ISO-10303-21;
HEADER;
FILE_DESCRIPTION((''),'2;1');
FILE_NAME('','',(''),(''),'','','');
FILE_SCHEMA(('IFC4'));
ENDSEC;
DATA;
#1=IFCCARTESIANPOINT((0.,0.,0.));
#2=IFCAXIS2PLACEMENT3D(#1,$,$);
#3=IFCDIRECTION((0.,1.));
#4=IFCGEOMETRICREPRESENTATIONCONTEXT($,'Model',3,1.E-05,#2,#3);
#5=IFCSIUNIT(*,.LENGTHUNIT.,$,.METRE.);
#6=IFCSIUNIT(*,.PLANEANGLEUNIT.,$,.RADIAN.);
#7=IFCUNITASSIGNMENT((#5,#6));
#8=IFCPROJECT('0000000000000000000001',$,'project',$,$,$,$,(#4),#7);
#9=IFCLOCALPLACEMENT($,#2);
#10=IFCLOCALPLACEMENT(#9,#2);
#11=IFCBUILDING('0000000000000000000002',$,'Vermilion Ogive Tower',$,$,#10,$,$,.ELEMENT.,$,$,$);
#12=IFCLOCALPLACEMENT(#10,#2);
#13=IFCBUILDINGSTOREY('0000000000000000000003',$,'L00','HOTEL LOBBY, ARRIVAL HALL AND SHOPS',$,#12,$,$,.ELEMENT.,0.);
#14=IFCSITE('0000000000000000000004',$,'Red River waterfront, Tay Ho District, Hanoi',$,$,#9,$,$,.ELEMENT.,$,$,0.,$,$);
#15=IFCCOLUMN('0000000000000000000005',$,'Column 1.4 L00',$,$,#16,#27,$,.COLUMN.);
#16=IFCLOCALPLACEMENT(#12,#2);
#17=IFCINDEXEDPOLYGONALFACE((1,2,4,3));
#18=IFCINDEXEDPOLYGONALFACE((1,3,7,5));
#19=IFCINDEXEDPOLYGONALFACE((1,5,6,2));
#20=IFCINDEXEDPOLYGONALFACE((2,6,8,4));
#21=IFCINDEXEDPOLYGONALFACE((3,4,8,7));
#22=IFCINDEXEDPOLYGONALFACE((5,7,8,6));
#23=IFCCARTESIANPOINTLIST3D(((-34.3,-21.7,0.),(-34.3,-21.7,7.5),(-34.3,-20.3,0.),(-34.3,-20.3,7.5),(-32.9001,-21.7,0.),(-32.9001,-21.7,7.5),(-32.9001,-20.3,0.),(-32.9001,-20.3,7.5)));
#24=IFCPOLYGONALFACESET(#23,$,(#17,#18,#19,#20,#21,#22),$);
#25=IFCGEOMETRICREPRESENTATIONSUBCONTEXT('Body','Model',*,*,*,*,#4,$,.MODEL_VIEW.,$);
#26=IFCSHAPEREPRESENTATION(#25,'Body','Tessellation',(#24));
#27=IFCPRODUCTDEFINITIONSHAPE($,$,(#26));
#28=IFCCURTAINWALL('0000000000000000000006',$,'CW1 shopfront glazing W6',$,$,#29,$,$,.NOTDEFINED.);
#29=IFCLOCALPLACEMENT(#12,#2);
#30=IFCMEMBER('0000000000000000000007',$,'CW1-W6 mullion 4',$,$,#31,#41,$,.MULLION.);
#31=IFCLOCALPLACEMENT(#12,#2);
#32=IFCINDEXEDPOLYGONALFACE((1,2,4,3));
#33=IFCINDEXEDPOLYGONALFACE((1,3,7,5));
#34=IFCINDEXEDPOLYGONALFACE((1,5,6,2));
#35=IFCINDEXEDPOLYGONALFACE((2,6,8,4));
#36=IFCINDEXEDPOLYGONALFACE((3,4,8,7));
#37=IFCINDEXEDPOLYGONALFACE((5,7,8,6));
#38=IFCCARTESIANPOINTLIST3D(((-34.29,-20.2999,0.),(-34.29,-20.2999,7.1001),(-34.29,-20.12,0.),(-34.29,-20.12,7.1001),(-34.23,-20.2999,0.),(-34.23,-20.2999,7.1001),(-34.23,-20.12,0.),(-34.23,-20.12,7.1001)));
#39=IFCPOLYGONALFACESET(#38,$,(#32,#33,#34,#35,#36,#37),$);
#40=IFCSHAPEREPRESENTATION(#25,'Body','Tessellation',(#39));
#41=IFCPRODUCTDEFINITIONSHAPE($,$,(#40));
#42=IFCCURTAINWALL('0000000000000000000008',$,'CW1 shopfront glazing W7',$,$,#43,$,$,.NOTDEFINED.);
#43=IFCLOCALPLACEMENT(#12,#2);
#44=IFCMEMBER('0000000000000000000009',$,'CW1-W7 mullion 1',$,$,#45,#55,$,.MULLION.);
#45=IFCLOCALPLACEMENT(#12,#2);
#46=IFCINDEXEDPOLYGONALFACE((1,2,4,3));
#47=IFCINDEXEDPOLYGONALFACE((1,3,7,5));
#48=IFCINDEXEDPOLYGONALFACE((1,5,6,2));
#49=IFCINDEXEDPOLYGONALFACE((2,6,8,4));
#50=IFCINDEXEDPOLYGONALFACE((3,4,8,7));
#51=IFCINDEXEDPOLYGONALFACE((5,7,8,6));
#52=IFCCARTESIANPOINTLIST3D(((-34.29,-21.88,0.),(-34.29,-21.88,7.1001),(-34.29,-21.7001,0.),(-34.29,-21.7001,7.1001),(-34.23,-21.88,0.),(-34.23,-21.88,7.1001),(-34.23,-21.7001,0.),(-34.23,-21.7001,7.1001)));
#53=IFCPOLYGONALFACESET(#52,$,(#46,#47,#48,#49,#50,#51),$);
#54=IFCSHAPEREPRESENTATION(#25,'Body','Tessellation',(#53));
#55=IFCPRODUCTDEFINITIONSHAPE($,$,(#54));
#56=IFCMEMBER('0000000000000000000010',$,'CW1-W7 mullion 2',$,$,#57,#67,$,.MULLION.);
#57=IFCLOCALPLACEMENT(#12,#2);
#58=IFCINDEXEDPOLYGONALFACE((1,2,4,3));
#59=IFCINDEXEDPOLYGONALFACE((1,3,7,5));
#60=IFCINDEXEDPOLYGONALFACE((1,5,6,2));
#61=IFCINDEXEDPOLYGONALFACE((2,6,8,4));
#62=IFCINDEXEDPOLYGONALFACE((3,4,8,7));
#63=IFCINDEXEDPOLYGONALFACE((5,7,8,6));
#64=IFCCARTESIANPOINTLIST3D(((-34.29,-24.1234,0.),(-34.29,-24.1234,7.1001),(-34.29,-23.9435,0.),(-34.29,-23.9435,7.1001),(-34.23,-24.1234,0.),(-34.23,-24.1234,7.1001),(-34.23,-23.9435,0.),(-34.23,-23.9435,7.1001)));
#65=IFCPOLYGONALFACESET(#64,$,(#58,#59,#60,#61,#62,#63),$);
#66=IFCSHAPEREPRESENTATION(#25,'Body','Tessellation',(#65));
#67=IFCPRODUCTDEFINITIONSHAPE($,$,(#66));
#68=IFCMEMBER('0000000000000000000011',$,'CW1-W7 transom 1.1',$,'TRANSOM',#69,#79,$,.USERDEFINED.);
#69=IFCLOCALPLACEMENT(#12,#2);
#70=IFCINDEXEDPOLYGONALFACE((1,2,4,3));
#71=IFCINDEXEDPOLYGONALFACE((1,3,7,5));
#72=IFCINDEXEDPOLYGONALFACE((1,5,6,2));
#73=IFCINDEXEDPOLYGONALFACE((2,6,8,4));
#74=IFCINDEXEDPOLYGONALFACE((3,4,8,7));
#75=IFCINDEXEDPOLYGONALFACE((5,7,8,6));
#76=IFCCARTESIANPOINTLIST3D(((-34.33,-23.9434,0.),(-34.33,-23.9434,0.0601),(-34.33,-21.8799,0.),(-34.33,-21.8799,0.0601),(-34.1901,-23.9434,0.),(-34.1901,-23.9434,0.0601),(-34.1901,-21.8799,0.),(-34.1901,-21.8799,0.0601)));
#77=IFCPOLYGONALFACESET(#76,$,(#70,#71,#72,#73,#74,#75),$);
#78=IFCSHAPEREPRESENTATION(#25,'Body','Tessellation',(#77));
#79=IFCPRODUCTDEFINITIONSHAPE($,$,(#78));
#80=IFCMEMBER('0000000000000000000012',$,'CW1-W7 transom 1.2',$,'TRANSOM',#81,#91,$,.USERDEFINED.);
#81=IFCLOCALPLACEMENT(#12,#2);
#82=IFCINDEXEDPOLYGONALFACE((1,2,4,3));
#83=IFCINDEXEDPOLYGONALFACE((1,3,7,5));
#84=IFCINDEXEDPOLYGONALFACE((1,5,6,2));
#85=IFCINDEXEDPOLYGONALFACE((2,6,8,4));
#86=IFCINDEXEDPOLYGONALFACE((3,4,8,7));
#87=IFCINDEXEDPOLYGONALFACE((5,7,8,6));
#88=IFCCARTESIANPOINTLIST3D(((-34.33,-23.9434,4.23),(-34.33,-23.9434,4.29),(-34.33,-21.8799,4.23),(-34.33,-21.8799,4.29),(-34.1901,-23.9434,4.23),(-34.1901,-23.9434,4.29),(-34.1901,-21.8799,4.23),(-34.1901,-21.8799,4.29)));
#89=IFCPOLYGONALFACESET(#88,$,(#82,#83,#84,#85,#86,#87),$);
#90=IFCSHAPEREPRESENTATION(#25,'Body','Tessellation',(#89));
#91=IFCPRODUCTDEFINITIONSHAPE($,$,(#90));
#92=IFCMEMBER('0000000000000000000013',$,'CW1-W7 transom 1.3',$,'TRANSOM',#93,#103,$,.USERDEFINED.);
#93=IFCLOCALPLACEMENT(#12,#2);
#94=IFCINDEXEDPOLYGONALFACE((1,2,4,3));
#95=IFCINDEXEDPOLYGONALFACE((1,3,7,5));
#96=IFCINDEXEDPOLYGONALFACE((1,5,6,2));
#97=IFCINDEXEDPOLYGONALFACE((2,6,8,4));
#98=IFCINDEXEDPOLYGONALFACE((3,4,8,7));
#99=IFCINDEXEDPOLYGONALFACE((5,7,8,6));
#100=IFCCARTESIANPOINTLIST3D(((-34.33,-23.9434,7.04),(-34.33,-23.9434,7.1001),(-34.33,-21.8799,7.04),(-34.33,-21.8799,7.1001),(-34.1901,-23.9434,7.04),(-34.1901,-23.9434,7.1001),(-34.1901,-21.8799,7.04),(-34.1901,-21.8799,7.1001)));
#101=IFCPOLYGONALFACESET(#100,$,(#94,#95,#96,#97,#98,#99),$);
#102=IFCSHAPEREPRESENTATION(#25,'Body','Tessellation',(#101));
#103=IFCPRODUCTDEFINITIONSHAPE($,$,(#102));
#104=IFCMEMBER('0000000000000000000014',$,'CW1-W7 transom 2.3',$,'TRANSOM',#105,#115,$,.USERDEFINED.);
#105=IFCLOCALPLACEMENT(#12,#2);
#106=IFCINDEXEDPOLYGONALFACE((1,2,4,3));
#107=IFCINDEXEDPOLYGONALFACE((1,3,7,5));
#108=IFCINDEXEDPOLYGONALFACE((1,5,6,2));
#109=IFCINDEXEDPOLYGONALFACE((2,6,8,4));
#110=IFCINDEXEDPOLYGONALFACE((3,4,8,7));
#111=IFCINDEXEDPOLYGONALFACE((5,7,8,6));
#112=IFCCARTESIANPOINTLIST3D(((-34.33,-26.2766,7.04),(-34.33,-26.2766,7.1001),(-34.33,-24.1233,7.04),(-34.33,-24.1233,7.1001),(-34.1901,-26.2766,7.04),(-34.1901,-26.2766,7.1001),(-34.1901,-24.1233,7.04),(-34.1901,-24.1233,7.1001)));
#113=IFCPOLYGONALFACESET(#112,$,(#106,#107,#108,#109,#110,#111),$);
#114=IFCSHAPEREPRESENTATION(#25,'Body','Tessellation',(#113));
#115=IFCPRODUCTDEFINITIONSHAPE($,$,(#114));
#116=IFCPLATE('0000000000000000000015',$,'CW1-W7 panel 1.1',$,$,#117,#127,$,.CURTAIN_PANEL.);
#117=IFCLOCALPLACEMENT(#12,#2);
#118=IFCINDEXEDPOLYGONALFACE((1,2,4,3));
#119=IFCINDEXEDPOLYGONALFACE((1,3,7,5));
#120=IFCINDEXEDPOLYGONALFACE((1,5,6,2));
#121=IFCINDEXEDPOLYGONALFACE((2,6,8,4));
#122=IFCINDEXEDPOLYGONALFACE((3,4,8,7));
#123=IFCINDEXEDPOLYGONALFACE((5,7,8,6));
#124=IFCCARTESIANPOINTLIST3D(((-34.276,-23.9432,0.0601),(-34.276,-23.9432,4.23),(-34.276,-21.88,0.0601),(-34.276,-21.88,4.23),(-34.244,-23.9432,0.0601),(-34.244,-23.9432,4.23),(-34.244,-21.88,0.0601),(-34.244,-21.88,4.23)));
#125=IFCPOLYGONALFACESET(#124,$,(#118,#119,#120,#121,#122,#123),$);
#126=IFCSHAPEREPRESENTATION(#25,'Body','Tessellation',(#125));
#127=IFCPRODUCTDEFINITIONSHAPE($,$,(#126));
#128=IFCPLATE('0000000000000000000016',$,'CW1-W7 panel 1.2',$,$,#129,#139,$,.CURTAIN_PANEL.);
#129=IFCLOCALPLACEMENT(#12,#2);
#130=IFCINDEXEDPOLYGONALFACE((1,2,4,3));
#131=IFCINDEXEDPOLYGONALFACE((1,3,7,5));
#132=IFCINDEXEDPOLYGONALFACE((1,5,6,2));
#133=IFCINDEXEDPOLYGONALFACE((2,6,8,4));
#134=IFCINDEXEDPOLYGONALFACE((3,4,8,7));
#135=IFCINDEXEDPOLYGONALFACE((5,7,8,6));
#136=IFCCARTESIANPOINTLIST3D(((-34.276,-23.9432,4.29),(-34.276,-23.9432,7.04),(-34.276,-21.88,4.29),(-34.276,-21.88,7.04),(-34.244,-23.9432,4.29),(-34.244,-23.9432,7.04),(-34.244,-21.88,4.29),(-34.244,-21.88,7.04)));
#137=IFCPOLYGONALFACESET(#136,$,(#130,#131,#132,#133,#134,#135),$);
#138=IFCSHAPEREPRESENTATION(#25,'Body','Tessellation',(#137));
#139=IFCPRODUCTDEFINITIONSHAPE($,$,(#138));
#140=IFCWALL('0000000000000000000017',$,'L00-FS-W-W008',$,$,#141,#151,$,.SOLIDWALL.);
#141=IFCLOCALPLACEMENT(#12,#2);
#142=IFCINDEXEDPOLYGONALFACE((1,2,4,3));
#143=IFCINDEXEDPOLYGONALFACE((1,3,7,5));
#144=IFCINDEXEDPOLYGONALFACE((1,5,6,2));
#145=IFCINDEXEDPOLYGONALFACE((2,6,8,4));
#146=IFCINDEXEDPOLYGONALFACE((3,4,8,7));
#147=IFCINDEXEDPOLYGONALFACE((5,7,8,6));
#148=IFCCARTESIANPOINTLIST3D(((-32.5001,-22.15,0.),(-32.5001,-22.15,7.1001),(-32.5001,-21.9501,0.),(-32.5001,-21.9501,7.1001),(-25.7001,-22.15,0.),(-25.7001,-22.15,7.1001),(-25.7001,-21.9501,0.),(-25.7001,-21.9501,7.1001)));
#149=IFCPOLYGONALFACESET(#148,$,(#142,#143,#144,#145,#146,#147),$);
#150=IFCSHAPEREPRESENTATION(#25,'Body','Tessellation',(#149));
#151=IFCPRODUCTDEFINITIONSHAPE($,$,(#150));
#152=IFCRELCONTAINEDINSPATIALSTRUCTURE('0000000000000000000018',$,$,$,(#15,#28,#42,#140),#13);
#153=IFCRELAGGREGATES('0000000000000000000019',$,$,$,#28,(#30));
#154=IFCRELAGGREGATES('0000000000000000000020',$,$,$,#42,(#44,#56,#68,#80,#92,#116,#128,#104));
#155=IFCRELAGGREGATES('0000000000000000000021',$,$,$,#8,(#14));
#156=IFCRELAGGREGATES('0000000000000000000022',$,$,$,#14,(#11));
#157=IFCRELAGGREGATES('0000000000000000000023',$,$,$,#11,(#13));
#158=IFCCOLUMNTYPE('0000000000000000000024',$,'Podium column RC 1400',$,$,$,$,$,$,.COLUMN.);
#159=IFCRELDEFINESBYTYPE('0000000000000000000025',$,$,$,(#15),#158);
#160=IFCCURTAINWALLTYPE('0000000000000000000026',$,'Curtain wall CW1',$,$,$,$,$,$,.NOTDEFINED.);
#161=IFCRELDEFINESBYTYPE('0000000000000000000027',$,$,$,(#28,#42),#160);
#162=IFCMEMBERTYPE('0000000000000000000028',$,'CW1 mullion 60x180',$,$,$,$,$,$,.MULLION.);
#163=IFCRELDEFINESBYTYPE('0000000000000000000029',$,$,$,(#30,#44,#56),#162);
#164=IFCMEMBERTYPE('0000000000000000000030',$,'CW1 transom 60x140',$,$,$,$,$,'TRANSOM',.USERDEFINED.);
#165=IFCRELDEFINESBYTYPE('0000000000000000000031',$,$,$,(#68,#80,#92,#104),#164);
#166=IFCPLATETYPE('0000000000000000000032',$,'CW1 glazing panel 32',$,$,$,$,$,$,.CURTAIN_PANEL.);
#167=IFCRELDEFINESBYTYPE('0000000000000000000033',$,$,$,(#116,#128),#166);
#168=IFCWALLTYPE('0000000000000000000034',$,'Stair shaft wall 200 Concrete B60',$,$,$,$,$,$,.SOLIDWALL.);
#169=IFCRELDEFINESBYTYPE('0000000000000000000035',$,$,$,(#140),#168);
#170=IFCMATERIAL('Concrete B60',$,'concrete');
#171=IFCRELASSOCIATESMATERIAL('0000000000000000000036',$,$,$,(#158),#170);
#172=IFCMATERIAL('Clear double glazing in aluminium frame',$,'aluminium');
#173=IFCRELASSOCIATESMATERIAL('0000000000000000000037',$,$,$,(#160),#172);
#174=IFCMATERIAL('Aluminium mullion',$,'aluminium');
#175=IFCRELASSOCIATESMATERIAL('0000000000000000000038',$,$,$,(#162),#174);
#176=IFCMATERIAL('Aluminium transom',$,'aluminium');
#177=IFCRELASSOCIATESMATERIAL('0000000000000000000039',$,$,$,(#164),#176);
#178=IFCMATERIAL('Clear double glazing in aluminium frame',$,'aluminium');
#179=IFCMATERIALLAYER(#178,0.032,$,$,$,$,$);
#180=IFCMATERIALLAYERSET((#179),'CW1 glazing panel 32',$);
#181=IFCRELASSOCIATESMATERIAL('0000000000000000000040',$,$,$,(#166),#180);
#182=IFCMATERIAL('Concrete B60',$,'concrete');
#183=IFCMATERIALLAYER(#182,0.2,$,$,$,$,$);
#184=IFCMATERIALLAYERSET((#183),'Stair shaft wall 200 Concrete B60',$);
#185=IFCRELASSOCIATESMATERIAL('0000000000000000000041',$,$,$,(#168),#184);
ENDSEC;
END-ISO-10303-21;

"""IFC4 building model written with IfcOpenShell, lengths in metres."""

from ifc_helpers import new_model, si_unit, direction, frame, frame_2d, origin, origin_2d, place, context, subcontext, project, spatial, rectangle, extrude, material, layer, layer_set, material_profile, profile_set, type_object, element, aggregate, save


model = new_model("IFC4")

# Units and contexts
model_context = context("Model", 3, precision=1e-05, world=origin(), true_north=direction((0.0, 1.0)))
body_context = subcontext(model_context, "Body", "Model", "MODEL_VIEW")
ifc_project = project(units=[si_unit("LENGTHUNIT", "METRE"), si_unit("PLANEANGLEUNIT", "RADIAN")], contexts=[model_context])

# Site, building, storey
site_placement = place(None, origin())
site = spatial("IfcSite", under=ifc_project, at=site_placement, Name="Red River waterfront, Tay Ho District, Hanoi", CompositionType="ELEMENT", RefElevation=0.0)
building_placement = place(site_placement, origin())
building = spatial("IfcBuilding", under=site, at=building_placement, Name="Vermilion Ogive Tower", CompositionType="ELEMENT")
storey_placement = place(building_placement, origin())
storey = spatial("IfcBuildingStorey", under=building, at=storey_placement, Name="L00", Description="HOTEL LOBBY, ARRIVAL HALL AND SHOPS", CompositionType="ELEMENT", Elevation=0.0)

# Column
ifc_material_1 = material(Name="Concrete B60", Category="concrete")
ifc_material_profile_1 = material_profile(ifc_material_1, rectangle(XDim=1.3999, YDim=1.3999, at=origin_2d()), Name="RC 1400x1400")
ifc_profile_set_1 = profile_set([ifc_material_profile_1], Name="Concrete B60")
column_type = type_object("IfcColumnType", Name="Podium column RC 1400", PredefinedType="COLUMN", material=ifc_profile_set_1)
column_placement = place(storey_placement, frame((-33.6001, -21.0, 0.0), z_axis=(0.0, 0.0, 1.0), x_axis=(1.0, 0.0, 0.0)))
element("IfcColumn", 1, at=column_placement, inside=storey, type_object=column_type, Name="Column 1.4 L00", PredefinedType="COLUMN", context=body_context, shape_type="SweptSolid", body=[
    extrude(rectangle(XDim=1.3999, YDim=1.3999, at=origin_2d()), origin(), (0.0, 0.0, 1.0), 7.5),
])

# Curtain wall, member
ifc_material_2 = material(Name="Clear double glazing in aluminium frame", Category="aluminium")
curtain_wall_type = type_object("IfcCurtainWallType", Name="Curtain wall CW1", PredefinedType="NOTDEFINED", material=ifc_material_2)
curtain_wall_1_placement = place(storey_placement, origin())
curtain_wall_1 = element("IfcCurtainWall", 2, at=curtain_wall_1_placement, inside=storey, type_object=curtain_wall_type, Name="CW1 shopfront glazing W6", PredefinedType="NOTDEFINED")
ifc_material_3 = material(Name="Aluminium mullion", Category="aluminium")
ifc_material_profile_2 = material_profile(ifc_material_3, rectangle(XDim=0.0601, YDim=0.1799, at=origin_2d()), Name="AL 60x180")
ifc_profile_set_2 = profile_set([ifc_material_profile_2], Name="Aluminium mullion")
member_type_1 = type_object("IfcMemberType", Name="CW1 mullion 60x180", PredefinedType="MULLION", material=ifc_profile_set_2)
member_1_placement = place(storey_placement, frame((-34.26, -20.21, 0.0), z_axis=(0.0, 0.0, 1.0), x_axis=(1.0, 0.0, 0.0)))
member_1 = element("IfcMember", 3, at=member_1_placement, type_object=member_type_1, Name="CW1-W6 mullion 4", PredefinedType="MULLION", context=body_context, shape_type="SweptSolid", body=[
    extrude(rectangle(XDim=0.0601, YDim=0.1799, at=origin_2d()), origin(), (0.0, 0.0, 1.0), 7.1001),
])
aggregate(curtain_wall_1, [member_1])

# Curtain wall, members, plates
curtain_wall_2_placement = place(storey_placement, origin())
curtain_wall_2 = element("IfcCurtainWall", 4, at=curtain_wall_2_placement, inside=storey, type_object=curtain_wall_type, Name="CW1 shopfront glazing W7", PredefinedType="NOTDEFINED")
member_2_placement = place(storey_placement, frame((-34.26, -21.79, 0.0), z_axis=(0.0, 0.0, 1.0), x_axis=(1.0, 0.0, 0.0)))
member_2 = element("IfcMember", 5, at=member_2_placement, type_object=member_type_1, Name="CW1-W7 mullion 1", PredefinedType="MULLION", context=body_context, shape_type="SweptSolid", body=[
    extrude(rectangle(XDim=0.0601, YDim=0.1799, at=origin_2d()), origin(), (0.0, 0.0, 1.0), 7.1001),
])
member_3_placement = place(storey_placement, frame((-34.26, -24.0334, 0.0), z_axis=(0.0, 0.0, 1.0), x_axis=(1.0, 0.0, 0.0)))
member_3 = element("IfcMember", 6, at=member_3_placement, type_object=member_type_1, Name="CW1-W7 mullion 2", PredefinedType="MULLION", context=body_context, shape_type="SweptSolid", body=[
    extrude(rectangle(XDim=0.0601, YDim=0.1799, at=origin_2d()), origin(), (0.0, 0.0, 1.0), 7.1001),
])
ifc_material_4 = material(Name="Aluminium transom", Category="aluminium")
ifc_material_profile_3 = material_profile(ifc_material_4, rectangle(XDim=0.1399, YDim=0.0601, at=origin_2d()), Name="AL 60x140")
ifc_profile_set_3 = profile_set([ifc_material_profile_3], Name="Aluminium transom")
member_type_2 = type_object("IfcMemberType", Name="CW1 transom 60x140", ElementType="TRANSOM", PredefinedType="USERDEFINED", material=ifc_profile_set_3)
member_4_placement = place(storey_placement, frame((-34.26, -21.8799, 0.03), z_axis=(0.0, -1.0, 0.0), x_axis=(1.0, 0.0, 0.0)))
member_4 = element("IfcMember", 7, at=member_4_placement, type_object=member_type_2, Name="CW1-W7 transom 1.1", ObjectType="TRANSOM", PredefinedType="USERDEFINED", context=body_context, shape_type="SweptSolid", body=[
    extrude(rectangle(XDim=0.1399, YDim=0.0601, at=origin_2d()), origin(), (0.0, 0.0, 1.0), 2.0635),
])
member_5_placement = place(storey_placement, frame((-34.26, -21.8799, 4.26), z_axis=(0.0, -1.0, 0.0), x_axis=(1.0, 0.0, 0.0)))
member_5 = element("IfcMember", 8, at=member_5_placement, type_object=member_type_2, Name="CW1-W7 transom 1.2", ObjectType="TRANSOM", PredefinedType="USERDEFINED", context=body_context, shape_type="SweptSolid", body=[
    extrude(rectangle(XDim=0.1399, YDim=0.0601, at=origin_2d()), origin(), (0.0, 0.0, 1.0), 2.0635),
])
member_6_placement = place(storey_placement, frame((-34.26, -21.8799, 7.0701), z_axis=(0.0, -1.0, 0.0), x_axis=(1.0, 0.0, 0.0)))
member_6 = element("IfcMember", 9, at=member_6_placement, type_object=member_type_2, Name="CW1-W7 transom 1.3", ObjectType="TRANSOM", PredefinedType="USERDEFINED", context=body_context, shape_type="SweptSolid", body=[
    extrude(rectangle(XDim=0.1399, YDim=0.0601, at=origin_2d()), origin(), (0.0, 0.0, 1.0), 2.0635),
])
member_7_placement = place(storey_placement, frame((-34.26, -24.1233, 7.0701), z_axis=(0.0, -1.0, 0.0), x_axis=(1.0, 0.0, 0.0)))
member_7 = element("IfcMember", 10, at=member_7_placement, type_object=member_type_2, Name="CW1-W7 transom 2.3", ObjectType="TRANSOM", PredefinedType="USERDEFINED", context=body_context, shape_type="SweptSolid", body=[
    extrude(rectangle(XDim=0.1399, YDim=0.0601, at=origin_2d()), origin(), (0.0, 0.0, 1.0), 2.1533),
])
ifc_material_5 = material(Name="Clear double glazing in aluminium frame", Category="aluminium")
ifc_layer_1 = layer(ifc_material_5, 0.032)
ifc_layer_set_1 = layer_set([ifc_layer_1], Name="CW1 glazing panel 32")
plate_type = type_object("IfcPlateType", Name="CW1 glazing panel 32", PredefinedType="CURTAIN_PANEL", material=ifc_layer_set_1)
plate_1_placement = place(storey_placement, frame((-34.26, -22.9116, 0.0601), z_axis=(0.0, 0.0, 1.0), x_axis=(0.0, -1.0, 0.0)))
plate_1 = element("IfcPlate", 11, at=plate_1_placement, type_object=plate_type, Name="CW1-W7 panel 1.1", PredefinedType="CURTAIN_PANEL", context=body_context, shape_type="SweptSolid", body=[
    extrude(rectangle(XDim=2.0632, YDim=0.032, at=origin_2d()), origin(), (0.0, 0.0, 1.0), 4.1699),
])
plate_2_placement = place(storey_placement, frame((-34.26, -22.9116, 4.29), z_axis=(0.0, 0.0, 1.0), x_axis=(0.0, -1.0, 0.0)))
plate_2 = element("IfcPlate", 12, at=plate_2_placement, type_object=plate_type, Name="CW1-W7 panel 1.2", PredefinedType="CURTAIN_PANEL", context=body_context, shape_type="SweptSolid", body=[
    extrude(rectangle(XDim=2.0632, YDim=0.032, at=origin_2d()), origin(), (0.0, 0.0, 1.0), 2.75),
])
aggregate(curtain_wall_2, [member_2, member_3, member_4, member_5, member_6, plate_1, plate_2, member_7])

# Wall
ifc_material_6 = material(Name="Concrete B60", Category="concrete")
ifc_layer_2 = layer(ifc_material_6, 0.2)
ifc_layer_set_2 = layer_set([ifc_layer_2], Name="Stair shaft wall 200 Concrete B60")
wall_type_1 = type_object("IfcWallType", Name="Stair shaft wall 200 Concrete B60", PredefinedType="SOLIDWALL", material=ifc_layer_set_2)
wall_1_placement = place(storey_placement, frame((-32.5, -22.05, 0.0), z_axis=(0.0, 0.0, 1.0), x_axis=(1.0, 0.0, 0.0)))
element("IfcWall", 13, at=wall_1_placement, inside=storey, type_object=wall_type_1, Name="L00-FS-W-W008", PredefinedType="SOLIDWALL", context=body_context, shape_type="SweptSolid", body=[
    extrude(rectangle(XDim=6.8, YDim=0.2, at=frame_2d((3.3999, 0.0))), origin(), (0.0, 0.0, 1.0), 7.1001),
])

save(model, "model.ifc")
